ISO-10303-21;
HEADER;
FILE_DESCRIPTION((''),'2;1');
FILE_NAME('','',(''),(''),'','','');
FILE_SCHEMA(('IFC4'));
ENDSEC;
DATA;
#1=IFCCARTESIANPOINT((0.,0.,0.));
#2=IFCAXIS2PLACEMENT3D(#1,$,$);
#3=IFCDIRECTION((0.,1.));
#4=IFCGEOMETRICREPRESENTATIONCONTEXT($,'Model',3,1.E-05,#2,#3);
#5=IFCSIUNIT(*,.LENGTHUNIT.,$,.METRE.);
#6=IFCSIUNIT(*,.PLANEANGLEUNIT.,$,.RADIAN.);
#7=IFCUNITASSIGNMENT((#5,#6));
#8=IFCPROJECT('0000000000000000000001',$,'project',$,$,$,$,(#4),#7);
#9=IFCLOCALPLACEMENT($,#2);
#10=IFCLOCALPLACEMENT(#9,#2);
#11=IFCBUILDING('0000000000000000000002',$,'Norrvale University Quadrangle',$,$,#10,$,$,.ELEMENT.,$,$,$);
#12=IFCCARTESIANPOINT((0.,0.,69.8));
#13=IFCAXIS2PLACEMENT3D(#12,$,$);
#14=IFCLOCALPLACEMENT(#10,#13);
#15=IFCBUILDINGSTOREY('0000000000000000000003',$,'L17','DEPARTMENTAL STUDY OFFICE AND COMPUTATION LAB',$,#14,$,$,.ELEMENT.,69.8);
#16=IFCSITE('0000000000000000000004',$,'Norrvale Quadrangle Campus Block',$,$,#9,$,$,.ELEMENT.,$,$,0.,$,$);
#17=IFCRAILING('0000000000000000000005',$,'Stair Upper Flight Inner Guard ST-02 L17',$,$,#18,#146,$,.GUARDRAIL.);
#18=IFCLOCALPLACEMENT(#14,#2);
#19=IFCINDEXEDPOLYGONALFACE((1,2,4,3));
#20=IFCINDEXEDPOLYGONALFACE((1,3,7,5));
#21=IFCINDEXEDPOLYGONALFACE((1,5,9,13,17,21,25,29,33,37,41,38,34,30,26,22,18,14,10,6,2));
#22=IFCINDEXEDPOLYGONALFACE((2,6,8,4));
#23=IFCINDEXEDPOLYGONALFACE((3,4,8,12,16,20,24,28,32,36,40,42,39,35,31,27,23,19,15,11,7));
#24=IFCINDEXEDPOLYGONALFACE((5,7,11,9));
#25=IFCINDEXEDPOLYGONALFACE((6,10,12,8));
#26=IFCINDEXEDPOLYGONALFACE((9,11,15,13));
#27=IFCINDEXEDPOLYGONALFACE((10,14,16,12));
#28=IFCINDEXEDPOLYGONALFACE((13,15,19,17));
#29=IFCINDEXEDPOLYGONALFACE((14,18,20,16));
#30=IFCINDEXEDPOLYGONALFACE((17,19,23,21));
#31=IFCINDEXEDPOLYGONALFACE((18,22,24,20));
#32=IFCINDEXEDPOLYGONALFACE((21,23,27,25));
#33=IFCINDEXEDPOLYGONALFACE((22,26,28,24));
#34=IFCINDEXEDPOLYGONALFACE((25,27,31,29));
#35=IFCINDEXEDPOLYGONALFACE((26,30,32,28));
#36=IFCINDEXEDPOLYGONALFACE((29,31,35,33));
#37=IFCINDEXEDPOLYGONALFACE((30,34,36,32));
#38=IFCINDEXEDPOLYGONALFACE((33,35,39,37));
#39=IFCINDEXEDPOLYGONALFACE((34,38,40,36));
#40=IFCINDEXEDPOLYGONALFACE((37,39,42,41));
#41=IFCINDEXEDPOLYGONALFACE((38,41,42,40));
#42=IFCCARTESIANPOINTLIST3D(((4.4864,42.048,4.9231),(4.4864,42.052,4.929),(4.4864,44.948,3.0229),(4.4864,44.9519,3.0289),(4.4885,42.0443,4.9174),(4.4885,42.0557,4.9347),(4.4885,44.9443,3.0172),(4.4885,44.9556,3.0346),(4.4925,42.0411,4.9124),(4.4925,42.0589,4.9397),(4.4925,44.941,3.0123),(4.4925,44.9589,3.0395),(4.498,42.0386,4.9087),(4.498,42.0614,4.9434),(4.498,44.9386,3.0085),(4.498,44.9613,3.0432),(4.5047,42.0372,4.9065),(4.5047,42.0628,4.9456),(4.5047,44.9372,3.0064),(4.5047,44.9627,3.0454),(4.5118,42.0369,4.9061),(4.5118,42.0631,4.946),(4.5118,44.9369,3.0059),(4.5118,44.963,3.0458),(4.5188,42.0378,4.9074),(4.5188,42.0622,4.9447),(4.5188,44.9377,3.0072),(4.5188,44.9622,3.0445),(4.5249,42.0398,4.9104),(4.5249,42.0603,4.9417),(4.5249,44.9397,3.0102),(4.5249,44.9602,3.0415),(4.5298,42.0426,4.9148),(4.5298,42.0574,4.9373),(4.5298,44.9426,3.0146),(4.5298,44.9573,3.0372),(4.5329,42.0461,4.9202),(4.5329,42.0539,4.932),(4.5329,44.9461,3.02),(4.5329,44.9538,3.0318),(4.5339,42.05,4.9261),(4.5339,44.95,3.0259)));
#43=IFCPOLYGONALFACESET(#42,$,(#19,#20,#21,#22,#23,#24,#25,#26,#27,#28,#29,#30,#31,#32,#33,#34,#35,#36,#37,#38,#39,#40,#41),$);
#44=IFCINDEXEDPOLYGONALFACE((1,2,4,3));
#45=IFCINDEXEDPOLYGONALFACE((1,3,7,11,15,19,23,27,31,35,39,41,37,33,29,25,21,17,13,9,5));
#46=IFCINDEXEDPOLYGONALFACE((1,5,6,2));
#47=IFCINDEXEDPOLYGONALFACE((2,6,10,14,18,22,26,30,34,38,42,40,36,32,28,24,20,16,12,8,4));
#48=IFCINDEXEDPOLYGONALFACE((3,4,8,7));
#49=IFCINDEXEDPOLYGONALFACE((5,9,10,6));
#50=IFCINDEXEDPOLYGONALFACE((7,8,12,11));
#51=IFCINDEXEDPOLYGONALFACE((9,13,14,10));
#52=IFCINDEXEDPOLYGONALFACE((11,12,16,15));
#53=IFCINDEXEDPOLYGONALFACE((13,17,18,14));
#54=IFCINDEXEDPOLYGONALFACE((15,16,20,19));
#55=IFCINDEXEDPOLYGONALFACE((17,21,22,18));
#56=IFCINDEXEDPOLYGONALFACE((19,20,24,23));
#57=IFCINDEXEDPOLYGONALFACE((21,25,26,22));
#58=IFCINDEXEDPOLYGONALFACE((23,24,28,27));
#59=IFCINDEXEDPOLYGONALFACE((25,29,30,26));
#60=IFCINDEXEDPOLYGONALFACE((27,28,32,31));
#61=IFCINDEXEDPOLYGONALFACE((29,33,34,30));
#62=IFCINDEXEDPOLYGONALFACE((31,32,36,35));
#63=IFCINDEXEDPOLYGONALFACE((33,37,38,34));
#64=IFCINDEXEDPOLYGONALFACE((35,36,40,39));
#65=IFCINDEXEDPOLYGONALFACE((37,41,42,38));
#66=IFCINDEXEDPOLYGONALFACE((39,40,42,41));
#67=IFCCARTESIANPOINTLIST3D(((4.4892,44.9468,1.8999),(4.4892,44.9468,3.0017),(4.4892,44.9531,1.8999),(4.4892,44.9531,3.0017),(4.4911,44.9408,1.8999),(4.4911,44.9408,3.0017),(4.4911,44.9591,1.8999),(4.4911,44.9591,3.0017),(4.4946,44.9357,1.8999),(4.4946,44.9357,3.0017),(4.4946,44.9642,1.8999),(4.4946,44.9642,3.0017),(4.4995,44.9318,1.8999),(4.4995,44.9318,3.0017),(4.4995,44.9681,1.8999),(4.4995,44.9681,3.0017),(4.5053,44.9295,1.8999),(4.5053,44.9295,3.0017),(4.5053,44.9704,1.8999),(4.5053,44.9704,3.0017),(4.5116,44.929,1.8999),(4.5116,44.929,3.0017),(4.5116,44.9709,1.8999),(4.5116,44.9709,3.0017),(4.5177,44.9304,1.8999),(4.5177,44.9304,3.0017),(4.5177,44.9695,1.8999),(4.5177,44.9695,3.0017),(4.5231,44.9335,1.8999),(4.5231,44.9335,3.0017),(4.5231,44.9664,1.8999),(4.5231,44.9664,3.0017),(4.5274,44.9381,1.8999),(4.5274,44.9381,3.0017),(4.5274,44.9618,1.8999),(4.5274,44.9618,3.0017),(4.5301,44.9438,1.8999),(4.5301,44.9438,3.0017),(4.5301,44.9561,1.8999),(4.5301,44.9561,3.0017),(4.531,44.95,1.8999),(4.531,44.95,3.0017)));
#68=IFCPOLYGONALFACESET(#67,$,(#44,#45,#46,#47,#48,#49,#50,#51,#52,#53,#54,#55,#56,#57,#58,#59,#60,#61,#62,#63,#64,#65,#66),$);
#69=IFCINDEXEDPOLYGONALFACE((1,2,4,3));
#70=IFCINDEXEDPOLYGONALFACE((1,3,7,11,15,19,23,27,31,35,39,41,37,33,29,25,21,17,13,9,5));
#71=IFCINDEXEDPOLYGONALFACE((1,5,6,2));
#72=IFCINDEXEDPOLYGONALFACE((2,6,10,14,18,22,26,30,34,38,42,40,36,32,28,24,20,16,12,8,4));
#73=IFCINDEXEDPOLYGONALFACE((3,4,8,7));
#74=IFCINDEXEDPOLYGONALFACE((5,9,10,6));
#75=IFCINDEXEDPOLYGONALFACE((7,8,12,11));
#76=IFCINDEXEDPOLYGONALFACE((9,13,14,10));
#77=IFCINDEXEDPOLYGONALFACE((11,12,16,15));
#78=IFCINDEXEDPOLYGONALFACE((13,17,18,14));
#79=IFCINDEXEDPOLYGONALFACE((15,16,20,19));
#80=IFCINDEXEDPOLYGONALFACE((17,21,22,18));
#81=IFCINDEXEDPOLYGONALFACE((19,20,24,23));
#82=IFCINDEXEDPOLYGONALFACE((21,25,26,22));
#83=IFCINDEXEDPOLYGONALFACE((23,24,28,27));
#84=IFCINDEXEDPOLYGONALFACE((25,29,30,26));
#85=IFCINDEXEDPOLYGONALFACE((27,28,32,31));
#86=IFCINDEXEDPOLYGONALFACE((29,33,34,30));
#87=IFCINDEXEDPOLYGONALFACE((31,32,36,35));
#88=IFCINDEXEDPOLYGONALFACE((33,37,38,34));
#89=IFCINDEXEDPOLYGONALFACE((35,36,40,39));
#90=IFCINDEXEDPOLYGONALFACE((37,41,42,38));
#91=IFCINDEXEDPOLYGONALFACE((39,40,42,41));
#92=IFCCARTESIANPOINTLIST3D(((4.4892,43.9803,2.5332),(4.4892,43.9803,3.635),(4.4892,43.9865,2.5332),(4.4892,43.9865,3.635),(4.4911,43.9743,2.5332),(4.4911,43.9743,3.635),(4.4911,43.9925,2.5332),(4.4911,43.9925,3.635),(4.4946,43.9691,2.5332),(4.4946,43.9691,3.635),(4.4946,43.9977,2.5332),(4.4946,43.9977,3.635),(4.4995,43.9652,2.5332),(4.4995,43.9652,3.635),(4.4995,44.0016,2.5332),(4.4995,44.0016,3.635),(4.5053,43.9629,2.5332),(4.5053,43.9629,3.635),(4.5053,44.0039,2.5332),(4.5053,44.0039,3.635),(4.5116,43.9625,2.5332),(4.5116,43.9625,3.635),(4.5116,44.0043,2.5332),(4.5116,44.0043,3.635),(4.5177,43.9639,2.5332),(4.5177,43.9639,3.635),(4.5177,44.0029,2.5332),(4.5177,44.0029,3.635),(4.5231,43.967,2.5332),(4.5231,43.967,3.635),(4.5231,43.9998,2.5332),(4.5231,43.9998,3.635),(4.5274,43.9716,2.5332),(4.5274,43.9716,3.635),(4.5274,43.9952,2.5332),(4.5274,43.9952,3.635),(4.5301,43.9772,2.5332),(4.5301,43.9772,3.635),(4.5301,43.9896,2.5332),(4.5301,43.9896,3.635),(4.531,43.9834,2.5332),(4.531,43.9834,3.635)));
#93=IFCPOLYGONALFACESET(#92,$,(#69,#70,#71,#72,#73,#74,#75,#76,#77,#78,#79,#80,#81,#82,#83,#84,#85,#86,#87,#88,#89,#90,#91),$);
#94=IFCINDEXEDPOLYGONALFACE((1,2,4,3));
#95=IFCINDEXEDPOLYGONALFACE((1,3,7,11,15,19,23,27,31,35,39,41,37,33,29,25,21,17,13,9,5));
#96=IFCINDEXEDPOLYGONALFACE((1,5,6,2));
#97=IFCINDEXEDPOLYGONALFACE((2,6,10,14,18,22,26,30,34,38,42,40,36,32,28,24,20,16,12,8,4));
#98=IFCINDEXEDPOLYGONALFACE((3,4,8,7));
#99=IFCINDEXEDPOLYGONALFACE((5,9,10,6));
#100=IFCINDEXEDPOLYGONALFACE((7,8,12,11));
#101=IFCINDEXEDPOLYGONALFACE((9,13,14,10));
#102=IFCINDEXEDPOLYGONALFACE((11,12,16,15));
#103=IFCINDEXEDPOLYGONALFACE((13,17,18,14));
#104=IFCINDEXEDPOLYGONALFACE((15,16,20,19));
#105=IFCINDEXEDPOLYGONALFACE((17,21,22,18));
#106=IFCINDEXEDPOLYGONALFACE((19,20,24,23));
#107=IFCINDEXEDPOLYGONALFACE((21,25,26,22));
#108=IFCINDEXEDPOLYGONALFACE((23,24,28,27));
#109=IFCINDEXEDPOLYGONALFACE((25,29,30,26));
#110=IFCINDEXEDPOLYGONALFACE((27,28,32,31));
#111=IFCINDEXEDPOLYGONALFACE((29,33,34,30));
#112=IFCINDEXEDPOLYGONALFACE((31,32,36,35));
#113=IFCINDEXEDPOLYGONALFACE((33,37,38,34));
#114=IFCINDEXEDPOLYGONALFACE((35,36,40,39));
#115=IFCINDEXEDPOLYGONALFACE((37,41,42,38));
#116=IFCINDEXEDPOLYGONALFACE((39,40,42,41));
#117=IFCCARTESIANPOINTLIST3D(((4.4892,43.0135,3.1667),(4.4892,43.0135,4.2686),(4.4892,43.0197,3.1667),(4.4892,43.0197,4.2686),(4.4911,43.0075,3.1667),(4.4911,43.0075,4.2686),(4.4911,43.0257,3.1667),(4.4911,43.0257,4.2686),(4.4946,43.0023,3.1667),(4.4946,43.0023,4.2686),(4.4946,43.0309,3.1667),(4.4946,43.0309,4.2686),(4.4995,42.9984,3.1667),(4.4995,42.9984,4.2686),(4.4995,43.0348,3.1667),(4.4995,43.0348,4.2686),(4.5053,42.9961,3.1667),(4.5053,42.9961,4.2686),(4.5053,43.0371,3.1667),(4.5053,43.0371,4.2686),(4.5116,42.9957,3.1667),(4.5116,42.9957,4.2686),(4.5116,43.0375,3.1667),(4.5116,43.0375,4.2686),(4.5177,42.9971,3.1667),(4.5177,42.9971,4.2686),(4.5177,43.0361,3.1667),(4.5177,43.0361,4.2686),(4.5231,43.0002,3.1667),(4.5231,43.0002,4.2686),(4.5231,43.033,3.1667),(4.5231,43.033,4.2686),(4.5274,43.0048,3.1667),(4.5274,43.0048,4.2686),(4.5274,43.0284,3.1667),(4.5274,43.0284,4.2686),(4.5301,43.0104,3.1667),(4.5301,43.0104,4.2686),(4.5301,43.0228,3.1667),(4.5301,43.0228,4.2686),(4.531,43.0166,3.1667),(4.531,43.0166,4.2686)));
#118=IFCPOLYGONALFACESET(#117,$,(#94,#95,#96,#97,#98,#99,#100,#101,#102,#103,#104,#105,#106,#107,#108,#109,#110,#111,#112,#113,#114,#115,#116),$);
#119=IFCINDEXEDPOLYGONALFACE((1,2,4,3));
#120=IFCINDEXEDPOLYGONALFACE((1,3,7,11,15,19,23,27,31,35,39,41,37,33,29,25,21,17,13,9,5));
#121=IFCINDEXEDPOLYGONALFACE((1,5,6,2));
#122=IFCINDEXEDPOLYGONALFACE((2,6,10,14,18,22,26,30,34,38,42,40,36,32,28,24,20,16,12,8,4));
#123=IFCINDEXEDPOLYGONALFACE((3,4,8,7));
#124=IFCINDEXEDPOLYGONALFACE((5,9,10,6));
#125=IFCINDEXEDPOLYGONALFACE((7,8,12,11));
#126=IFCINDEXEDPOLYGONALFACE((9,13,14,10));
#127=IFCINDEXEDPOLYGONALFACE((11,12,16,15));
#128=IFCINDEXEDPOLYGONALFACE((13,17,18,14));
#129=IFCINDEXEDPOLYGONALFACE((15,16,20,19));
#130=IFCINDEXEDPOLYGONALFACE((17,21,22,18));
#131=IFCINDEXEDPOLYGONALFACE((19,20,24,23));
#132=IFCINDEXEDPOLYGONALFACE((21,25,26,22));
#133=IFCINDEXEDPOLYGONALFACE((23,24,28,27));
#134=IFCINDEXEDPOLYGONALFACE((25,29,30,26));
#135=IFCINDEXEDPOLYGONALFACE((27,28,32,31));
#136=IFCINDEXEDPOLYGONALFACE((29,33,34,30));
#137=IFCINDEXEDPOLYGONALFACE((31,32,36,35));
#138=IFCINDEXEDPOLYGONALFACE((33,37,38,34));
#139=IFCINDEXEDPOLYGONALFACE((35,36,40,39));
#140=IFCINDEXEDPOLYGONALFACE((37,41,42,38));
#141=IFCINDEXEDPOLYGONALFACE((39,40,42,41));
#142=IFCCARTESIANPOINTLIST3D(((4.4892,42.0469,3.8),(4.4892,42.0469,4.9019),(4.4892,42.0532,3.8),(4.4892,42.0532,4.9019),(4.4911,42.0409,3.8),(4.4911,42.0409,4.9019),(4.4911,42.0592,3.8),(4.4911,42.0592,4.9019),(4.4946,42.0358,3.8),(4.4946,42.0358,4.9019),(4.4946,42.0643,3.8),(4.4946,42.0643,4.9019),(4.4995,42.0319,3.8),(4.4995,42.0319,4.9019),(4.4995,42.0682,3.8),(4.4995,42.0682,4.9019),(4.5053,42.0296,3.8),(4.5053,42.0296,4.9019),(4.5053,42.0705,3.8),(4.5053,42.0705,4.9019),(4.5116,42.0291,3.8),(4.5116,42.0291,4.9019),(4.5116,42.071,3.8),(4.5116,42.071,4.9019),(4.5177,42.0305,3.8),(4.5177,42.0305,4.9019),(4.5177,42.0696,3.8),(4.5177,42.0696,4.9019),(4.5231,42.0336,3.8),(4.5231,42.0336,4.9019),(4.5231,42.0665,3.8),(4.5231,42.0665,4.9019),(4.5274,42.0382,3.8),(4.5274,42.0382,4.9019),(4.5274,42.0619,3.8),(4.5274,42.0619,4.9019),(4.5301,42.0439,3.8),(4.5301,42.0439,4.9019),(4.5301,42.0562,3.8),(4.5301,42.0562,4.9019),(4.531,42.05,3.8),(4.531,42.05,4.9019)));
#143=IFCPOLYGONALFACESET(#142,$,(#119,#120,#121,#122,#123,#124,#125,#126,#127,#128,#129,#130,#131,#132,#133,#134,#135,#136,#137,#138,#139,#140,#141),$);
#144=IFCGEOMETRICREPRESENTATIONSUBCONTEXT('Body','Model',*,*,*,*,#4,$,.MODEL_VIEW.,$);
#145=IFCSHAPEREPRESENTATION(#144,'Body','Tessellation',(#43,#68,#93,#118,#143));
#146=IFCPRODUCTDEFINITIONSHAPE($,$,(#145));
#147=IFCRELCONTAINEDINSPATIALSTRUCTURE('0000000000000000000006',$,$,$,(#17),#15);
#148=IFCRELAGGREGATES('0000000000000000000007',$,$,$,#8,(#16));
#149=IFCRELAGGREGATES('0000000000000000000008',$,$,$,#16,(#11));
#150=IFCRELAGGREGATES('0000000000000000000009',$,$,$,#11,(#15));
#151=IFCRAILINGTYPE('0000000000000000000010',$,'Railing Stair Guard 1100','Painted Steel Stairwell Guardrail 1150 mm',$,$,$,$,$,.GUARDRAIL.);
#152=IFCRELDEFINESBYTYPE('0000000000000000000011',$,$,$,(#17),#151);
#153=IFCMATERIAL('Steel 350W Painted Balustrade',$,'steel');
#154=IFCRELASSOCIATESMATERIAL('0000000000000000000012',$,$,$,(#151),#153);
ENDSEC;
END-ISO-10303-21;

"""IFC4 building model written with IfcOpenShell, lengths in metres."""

from ifc_helpers import new_model, si_unit, direction, frame, origin, origin_2d, place, context, subcontext, project, spatial, circle, extrude, material, type_object, element, save


model = new_model("IFC4")

# Units and contexts
model_context = context("Model", 3, precision=1e-05, world=origin(), true_north=direction((0.0, 1.0)))
body_context = subcontext(model_context, "Body", "Model", "MODEL_VIEW")
ifc_project = project(units=[si_unit("LENGTHUNIT", "METRE"), si_unit("PLANEANGLEUNIT", "RADIAN")], contexts=[model_context])

# Site, building, storey
site_placement = place(None, origin())
site = spatial("IfcSite", under=ifc_project, at=site_placement, Name="Norrvale Quadrangle Campus Block", CompositionType="ELEMENT", RefElevation=0.0)
building_placement = place(site_placement, origin())
building = spatial("IfcBuilding", under=site, at=building_placement, Name="Norrvale University Quadrangle", CompositionType="ELEMENT")
storey_placement = place(building_placement, frame((0.0, 0.0, 69.8)))
storey = spatial("IfcBuildingStorey", under=building, at=storey_placement, Name="L17", Description="DEPARTMENTAL STUDY OFFICE AND COMPUTATION LAB", CompositionType="ELEMENT", Elevation=69.8)

# Railing
ifc_material_1 = material(Name="Steel 350W Painted Balustrade", Category="steel")
railing_type_1 = type_object("IfcRailingType", Name="Railing Stair Guard 1100", Description="Painted Steel Stairwell Guardrail 1150 mm", PredefinedType="GUARDRAIL", material=ifc_material_1)
railing_1_placement = place(storey_placement, frame((4.51, 44.95, 1.8999)))
element("IfcRailing", 1, at=railing_1_placement, inside=storey, type_object=railing_type_1, Name="Stair Upper Flight Inner Guard ST-02 L17", PredefinedType="GUARDRAIL", context=body_context, shape_type="SweptSolid", body=[
    extrude(circle(Radius=0.0239, at=origin_2d()), frame((0.0, 0.0, 1.126), z_axis=(0.0, -0.836433, 0.548069), x_axis=(1.0, 0.0, 0.0)), (0.0, 0.0, 1.0), 3.467),
    extrude(circle(Radius=0.021, at=origin_2d()), origin(), (0.0, 0.0, 1.0), 1.1018),
    extrude(circle(Radius=0.021, at=origin_2d()), frame((0.0, -0.9666, 0.6333)), (0.0, 0.0, 1.0), 1.1018),
    extrude(circle(Radius=0.021, at=origin_2d()), frame((0.0, -1.9333, 1.2668)), (0.0, 0.0, 1.0), 1.1018),
    extrude(circle(Radius=0.021, at=origin_2d()), frame((0.0, -2.8999, 1.9001)), (0.0, 0.0, 1.0), 1.1018),
])

save(model, "model.ifc")
